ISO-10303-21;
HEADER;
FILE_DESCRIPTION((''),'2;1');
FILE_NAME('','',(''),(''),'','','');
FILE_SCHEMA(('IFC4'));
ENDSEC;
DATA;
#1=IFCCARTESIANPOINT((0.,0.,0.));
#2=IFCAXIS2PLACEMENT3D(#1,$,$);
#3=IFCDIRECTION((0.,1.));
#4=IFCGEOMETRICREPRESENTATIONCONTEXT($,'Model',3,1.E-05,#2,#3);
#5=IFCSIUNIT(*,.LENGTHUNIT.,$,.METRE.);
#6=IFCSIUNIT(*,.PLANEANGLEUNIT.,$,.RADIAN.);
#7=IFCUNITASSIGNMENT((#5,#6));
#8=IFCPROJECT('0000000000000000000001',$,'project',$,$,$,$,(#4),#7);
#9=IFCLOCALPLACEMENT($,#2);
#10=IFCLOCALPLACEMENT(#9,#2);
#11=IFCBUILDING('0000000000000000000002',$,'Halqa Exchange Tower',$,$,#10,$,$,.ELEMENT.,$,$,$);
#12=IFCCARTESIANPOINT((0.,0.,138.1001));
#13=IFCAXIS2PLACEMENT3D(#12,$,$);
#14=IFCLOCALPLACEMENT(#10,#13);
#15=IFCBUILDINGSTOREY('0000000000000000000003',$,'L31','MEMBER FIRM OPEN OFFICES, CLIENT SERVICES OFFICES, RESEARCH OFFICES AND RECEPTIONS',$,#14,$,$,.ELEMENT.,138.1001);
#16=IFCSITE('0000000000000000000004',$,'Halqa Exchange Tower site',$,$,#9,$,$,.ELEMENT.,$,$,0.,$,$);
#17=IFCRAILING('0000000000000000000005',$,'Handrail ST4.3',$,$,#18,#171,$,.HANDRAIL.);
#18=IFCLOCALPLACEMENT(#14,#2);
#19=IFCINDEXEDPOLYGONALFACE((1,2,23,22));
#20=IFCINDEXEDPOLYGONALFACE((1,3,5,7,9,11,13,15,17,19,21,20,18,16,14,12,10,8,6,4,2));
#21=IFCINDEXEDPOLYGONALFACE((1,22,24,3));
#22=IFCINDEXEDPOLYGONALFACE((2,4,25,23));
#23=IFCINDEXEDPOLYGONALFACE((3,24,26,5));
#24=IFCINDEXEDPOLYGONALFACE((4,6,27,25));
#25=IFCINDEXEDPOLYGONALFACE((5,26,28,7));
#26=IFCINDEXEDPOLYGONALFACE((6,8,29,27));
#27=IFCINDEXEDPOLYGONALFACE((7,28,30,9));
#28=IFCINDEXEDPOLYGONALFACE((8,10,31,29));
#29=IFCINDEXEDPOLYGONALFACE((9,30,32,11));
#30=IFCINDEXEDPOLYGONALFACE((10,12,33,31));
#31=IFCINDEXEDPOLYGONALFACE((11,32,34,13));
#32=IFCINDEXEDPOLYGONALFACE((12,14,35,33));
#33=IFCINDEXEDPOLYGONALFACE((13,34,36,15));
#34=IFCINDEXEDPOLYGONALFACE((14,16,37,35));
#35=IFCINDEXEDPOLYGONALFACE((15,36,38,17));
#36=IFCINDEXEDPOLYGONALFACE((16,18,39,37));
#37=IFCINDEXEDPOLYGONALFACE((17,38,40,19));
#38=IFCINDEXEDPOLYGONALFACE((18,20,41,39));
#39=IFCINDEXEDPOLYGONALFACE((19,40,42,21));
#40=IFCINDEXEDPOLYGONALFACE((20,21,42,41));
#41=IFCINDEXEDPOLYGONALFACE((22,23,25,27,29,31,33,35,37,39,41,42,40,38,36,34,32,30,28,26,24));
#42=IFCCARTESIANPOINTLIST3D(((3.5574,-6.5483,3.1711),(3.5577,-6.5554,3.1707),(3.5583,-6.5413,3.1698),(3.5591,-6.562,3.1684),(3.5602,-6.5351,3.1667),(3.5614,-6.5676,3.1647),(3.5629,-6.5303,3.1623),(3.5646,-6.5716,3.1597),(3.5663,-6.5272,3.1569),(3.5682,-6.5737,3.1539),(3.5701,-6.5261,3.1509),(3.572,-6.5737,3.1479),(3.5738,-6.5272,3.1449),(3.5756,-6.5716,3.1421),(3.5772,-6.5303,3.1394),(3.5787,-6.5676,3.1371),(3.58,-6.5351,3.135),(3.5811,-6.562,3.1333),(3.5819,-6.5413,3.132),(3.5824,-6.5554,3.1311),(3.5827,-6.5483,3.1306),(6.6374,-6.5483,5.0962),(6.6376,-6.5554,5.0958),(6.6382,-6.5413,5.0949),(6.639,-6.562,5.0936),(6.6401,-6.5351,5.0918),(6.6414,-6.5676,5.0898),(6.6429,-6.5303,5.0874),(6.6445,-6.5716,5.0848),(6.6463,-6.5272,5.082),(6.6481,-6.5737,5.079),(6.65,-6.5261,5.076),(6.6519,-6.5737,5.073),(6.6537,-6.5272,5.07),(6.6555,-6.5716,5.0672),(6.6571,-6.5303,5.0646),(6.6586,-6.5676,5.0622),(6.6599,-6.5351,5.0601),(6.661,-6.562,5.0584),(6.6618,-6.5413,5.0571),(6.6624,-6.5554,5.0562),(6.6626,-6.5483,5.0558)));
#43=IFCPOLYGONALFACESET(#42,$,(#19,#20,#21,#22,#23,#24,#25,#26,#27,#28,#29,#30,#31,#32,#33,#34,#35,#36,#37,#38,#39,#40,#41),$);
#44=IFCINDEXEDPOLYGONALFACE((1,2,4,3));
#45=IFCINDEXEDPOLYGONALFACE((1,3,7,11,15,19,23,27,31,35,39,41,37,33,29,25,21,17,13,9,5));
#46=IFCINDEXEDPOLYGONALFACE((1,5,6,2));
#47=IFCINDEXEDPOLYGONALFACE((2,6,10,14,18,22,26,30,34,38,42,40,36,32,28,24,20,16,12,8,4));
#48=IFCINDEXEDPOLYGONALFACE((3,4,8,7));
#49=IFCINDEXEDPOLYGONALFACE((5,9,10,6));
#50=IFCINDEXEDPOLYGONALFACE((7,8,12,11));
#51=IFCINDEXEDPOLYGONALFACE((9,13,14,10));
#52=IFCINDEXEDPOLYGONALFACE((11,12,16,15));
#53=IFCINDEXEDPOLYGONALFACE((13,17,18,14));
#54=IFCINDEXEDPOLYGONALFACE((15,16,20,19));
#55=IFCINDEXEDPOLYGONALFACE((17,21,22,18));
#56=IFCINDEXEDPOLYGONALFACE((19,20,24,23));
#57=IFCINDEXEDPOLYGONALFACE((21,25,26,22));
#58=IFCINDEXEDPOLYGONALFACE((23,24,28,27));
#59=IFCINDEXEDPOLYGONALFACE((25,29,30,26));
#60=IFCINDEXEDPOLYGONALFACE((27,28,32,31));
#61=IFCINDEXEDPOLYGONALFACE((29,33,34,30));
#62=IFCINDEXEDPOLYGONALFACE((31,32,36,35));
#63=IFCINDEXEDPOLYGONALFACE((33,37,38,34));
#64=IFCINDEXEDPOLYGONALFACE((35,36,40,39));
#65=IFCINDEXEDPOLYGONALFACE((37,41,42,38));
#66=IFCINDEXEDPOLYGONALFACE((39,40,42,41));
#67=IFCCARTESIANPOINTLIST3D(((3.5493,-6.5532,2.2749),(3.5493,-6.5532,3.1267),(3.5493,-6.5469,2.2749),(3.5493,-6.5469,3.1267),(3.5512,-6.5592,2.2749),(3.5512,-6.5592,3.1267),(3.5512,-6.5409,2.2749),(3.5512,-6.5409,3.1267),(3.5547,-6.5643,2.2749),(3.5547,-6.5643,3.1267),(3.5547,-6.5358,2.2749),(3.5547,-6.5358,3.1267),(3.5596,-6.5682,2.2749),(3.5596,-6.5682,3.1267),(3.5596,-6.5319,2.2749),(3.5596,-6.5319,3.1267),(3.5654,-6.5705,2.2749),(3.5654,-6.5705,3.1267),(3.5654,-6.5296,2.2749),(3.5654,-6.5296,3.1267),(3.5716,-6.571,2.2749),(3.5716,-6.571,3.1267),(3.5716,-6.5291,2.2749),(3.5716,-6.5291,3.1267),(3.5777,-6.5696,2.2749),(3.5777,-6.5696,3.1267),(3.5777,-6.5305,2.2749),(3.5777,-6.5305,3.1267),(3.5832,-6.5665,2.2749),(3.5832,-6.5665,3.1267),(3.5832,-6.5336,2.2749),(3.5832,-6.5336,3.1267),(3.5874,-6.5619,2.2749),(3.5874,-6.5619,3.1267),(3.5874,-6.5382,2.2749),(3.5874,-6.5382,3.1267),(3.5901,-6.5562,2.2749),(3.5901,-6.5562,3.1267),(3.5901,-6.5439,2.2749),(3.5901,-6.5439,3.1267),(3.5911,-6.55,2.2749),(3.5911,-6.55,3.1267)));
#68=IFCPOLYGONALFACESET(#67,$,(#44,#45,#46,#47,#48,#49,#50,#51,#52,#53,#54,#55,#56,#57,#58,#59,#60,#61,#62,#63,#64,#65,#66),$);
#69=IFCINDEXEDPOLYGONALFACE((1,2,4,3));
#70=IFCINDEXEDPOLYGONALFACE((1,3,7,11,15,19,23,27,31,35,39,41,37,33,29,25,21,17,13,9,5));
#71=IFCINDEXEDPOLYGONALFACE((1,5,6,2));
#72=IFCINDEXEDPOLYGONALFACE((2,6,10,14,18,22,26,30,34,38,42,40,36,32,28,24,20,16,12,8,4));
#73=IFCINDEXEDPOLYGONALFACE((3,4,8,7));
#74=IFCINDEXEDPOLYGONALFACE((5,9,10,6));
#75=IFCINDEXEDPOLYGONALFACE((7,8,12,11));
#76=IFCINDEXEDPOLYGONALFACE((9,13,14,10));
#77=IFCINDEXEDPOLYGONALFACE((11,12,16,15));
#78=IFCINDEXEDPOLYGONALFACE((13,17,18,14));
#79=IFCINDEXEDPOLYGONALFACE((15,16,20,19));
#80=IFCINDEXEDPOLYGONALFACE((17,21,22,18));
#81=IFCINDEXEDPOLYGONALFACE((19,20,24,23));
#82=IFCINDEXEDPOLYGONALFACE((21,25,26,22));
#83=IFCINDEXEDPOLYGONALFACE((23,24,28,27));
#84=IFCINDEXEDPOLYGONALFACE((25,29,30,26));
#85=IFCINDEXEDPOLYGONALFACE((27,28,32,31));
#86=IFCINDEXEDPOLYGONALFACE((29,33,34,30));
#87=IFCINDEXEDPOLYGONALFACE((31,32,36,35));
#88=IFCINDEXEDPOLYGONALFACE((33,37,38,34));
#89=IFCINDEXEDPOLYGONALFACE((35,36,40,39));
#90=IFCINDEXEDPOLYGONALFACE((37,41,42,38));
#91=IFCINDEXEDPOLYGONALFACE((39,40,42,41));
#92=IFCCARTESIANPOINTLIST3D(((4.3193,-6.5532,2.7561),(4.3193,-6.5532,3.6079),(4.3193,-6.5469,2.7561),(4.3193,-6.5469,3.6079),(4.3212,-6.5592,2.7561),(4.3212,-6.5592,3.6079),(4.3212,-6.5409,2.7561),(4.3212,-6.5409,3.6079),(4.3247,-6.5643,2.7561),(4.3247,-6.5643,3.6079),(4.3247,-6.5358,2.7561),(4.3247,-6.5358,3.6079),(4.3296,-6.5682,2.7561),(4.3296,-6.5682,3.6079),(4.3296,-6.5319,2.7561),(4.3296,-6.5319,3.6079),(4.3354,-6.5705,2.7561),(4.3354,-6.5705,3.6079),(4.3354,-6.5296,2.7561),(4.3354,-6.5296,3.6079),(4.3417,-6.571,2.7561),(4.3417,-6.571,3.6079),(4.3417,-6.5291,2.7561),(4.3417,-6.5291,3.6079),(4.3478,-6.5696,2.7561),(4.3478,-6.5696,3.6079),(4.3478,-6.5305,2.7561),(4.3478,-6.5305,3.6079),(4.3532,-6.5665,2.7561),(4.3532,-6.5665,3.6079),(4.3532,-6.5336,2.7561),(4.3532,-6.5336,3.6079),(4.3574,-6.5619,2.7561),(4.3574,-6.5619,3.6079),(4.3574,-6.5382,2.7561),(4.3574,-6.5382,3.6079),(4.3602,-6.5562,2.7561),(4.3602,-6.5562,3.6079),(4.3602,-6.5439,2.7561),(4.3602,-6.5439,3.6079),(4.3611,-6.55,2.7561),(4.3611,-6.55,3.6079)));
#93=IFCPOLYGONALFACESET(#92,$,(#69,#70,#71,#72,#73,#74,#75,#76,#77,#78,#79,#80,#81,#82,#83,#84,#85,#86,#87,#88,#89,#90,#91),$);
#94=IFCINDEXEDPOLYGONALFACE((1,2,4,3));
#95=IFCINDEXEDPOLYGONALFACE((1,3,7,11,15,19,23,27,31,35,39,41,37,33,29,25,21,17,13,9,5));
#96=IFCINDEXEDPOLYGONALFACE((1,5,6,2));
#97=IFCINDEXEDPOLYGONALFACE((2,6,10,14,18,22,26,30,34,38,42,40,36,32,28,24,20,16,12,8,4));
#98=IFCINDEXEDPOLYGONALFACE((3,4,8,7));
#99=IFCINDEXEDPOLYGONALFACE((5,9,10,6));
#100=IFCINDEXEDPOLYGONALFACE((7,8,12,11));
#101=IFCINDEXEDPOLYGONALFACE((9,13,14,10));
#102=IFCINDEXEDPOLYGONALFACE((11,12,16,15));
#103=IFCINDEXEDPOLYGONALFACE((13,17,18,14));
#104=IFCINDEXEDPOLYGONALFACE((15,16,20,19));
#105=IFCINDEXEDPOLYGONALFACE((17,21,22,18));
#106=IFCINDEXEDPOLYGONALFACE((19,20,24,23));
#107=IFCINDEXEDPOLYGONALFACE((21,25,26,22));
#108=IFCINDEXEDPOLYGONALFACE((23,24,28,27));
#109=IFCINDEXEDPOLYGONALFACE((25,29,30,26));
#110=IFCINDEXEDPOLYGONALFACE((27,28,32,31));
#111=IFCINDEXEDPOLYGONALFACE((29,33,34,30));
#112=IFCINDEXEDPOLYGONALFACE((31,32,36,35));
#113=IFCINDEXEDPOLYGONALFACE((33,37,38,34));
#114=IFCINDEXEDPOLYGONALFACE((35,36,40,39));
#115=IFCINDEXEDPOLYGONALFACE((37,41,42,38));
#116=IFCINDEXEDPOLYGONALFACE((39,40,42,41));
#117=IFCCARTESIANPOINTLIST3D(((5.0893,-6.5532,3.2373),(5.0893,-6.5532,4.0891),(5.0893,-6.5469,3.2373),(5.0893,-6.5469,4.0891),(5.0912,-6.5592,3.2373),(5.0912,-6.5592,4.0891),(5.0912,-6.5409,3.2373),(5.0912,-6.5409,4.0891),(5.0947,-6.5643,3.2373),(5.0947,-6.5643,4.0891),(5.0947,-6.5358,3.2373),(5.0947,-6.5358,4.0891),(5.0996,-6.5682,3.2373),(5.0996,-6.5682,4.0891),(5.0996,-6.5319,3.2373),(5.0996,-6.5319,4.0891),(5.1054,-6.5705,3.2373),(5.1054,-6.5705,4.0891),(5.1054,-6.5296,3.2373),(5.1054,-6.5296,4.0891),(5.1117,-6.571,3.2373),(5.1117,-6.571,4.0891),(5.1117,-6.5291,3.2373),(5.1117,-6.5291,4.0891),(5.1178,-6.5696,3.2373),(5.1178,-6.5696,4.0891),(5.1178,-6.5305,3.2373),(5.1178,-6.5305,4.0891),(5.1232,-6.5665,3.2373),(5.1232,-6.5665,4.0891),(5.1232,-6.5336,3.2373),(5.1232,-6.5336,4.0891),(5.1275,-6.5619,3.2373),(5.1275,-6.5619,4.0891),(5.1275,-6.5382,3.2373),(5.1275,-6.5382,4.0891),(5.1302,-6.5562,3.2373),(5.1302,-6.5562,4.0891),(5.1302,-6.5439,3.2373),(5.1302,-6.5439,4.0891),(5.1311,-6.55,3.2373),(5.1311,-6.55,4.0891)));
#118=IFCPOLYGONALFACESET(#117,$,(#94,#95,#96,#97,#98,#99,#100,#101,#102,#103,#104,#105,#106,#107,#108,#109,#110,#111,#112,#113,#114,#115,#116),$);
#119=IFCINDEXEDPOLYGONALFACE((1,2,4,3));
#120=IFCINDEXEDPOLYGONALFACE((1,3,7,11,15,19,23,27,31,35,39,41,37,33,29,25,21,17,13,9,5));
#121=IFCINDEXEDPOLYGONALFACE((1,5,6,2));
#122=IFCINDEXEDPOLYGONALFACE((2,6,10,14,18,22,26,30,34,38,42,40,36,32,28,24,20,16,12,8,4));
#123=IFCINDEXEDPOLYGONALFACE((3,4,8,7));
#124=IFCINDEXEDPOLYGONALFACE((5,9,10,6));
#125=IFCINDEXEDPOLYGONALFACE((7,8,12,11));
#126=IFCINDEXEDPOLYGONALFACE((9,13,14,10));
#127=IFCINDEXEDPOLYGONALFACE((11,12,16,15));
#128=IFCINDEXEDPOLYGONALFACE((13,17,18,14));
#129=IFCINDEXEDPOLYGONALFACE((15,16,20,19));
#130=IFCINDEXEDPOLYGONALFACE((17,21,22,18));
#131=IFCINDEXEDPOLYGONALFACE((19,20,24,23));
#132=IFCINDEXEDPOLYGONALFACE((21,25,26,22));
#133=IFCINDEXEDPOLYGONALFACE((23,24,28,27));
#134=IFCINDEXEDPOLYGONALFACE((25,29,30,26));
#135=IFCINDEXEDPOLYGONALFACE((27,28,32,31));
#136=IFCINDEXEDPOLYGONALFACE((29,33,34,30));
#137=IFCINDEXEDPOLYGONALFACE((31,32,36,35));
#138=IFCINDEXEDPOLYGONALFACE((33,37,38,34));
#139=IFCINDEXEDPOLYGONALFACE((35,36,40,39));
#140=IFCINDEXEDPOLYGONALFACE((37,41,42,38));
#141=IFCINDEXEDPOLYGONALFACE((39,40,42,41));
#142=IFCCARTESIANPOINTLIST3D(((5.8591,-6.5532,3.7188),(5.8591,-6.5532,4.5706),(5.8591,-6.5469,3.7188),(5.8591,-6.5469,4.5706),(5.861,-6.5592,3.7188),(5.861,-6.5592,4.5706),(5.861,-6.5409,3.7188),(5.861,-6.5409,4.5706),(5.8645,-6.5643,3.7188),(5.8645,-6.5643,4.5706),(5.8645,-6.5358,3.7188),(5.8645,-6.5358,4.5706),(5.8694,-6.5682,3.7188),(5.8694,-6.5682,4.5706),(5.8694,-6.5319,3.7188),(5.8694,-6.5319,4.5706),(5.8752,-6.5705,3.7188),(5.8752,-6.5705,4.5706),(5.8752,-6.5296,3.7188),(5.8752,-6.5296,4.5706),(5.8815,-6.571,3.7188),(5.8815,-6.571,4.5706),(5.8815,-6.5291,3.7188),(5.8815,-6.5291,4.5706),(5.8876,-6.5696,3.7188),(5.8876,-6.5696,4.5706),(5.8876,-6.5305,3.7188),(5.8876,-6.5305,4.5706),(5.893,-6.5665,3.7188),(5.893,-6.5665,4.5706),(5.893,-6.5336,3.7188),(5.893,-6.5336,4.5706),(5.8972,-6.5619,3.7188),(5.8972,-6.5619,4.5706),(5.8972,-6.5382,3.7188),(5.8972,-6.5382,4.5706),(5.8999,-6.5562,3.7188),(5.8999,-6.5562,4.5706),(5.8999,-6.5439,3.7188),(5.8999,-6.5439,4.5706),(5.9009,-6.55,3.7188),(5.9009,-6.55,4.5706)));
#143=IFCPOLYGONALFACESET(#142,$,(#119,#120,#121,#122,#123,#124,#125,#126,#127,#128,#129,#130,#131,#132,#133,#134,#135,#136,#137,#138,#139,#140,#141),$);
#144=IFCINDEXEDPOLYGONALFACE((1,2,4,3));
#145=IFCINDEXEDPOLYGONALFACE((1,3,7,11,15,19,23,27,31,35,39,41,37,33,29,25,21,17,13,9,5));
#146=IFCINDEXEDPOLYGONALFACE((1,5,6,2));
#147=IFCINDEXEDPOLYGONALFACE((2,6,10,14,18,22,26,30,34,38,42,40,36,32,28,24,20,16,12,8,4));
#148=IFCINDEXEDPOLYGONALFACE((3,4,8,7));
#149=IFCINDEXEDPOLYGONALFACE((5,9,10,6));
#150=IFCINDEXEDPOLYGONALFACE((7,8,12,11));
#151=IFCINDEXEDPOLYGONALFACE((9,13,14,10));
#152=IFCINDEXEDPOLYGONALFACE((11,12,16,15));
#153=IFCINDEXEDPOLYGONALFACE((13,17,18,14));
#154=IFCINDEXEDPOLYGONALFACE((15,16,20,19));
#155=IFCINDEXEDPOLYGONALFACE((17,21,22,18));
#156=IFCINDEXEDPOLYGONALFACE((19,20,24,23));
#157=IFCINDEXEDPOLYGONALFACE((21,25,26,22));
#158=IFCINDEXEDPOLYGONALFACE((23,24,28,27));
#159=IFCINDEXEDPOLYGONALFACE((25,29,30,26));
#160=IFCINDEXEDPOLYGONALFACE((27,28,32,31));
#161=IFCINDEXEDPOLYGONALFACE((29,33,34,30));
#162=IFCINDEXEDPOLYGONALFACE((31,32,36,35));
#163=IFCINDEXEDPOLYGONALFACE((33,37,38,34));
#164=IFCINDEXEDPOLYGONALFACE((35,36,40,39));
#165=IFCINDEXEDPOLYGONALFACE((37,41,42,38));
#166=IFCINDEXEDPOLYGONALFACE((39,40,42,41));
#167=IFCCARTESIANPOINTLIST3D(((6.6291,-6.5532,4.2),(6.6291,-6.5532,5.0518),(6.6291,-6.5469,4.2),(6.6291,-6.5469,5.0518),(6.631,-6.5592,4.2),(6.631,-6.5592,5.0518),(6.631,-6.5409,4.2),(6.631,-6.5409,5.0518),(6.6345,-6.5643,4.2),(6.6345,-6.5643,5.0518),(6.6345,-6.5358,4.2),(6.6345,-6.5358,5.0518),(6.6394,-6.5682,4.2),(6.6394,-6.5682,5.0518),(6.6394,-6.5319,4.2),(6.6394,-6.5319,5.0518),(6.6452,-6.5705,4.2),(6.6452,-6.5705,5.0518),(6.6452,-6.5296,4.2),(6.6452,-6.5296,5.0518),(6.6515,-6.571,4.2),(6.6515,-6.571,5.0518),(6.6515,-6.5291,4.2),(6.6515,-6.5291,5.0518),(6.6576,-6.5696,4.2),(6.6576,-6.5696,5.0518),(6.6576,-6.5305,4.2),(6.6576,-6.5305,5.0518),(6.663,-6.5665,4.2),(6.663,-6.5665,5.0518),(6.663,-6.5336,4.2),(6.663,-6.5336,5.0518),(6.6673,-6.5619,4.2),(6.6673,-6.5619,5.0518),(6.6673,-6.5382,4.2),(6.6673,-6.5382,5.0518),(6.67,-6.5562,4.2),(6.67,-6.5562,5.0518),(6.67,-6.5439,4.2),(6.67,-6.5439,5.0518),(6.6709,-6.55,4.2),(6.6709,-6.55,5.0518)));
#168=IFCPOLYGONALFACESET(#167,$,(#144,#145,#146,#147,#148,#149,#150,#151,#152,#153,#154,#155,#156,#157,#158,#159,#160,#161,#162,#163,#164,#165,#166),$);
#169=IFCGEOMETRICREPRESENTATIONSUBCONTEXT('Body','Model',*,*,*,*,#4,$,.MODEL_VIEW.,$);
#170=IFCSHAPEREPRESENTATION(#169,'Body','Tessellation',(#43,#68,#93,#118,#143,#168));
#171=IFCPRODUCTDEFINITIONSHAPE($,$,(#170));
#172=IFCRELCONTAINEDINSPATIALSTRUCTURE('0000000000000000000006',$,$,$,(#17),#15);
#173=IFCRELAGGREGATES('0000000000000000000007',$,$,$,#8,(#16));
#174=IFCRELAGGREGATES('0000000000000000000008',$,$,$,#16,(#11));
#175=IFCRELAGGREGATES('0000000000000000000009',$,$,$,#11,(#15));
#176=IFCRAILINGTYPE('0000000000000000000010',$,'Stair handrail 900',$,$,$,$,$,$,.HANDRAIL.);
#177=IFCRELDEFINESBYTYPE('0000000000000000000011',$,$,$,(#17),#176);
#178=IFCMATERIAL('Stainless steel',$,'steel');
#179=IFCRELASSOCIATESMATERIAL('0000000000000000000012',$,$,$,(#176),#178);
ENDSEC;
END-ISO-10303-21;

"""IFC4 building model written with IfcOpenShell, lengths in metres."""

from ifc_helpers import new_model, si_unit, direction, frame, origin, origin_2d, place, context, subcontext, project, spatial, circle, extrude, material, type_object, element, save


model = new_model("IFC4")

# Units and contexts
model_context = context("Model", 3, precision=1e-05, world=origin(), true_north=direction((0.0, 1.0)))
body_context = subcontext(model_context, "Body", "Model", "MODEL_VIEW")
ifc_project = project(units=[si_unit("LENGTHUNIT", "METRE"), si_unit("PLANEANGLEUNIT", "RADIAN")], contexts=[model_context])

# Site, building, storey
site_placement = place(None, origin())
site = spatial("IfcSite", under=ifc_project, at=site_placement, Name="Halqa Exchange Tower site", CompositionType="ELEMENT", RefElevation=0.0)
building_placement = place(site_placement, origin())
building = spatial("IfcBuilding", under=site, at=building_placement, Name="Halqa Exchange Tower", CompositionType="ELEMENT")
storey_placement = place(building_placement, frame((0.0, 0.0, 138.1001)))
storey = spatial("IfcBuildingStorey", under=building, at=storey_placement, Name="L31", Description="MEMBER FIRM OPEN OFFICES, CLIENT SERVICES OFFICES, RESEARCH OFFICES AND RECEPTIONS", CompositionType="ELEMENT", Elevation=138.1001)

# Railing
ifc_material_1 = material(Name="Stainless steel", Category="steel")
railing_type_1 = type_object("IfcRailingType", Name="Stair handrail 900", PredefinedType="HANDRAIL", material=ifc_material_1)
railing_1_placement = place(storey_placement, frame((3.5701, -6.55, 2.2749)))
element("IfcRailing", 1, at=railing_1_placement, inside=storey, type_object=railing_type_1, Name="Handrail ST4.3", PredefinedType="HANDRAIL", context=body_context, shape_type="SweptSolid", body=[
    extrude(circle(Radius=0.0239, at=origin_2d()), frame((0.0, 0.0, 0.876), z_axis=(0.847979, 0.0, 0.530029), x_axis=(0.0, 1.0, 0.0)), (0.0, 0.0, 1.0), 3.6321),
    extrude(circle(Radius=0.021, at=origin_2d()), origin(), (0.0, 0.0, 1.0), 0.8518),
    extrude(circle(Radius=0.021, at=origin_2d()), frame((0.77, 0.0, 0.4812)), (0.0, 0.0, 1.0), 0.8518),
    extrude(circle(Radius=0.021, at=origin_2d()), frame((1.54, 0.0, 0.9624)), (0.0, 0.0, 1.0), 0.8518),
    extrude(circle(Radius=0.021, at=origin_2d()), frame((2.3098, 0.0, 1.4438)), (0.0, 0.0, 1.0), 0.8518),
    extrude(circle(Radius=0.021, at=origin_2d()), frame((3.0798, 0.0, 1.925)), (0.0, 0.0, 1.0), 0.8518),
])

save(model, "model.ifc")
